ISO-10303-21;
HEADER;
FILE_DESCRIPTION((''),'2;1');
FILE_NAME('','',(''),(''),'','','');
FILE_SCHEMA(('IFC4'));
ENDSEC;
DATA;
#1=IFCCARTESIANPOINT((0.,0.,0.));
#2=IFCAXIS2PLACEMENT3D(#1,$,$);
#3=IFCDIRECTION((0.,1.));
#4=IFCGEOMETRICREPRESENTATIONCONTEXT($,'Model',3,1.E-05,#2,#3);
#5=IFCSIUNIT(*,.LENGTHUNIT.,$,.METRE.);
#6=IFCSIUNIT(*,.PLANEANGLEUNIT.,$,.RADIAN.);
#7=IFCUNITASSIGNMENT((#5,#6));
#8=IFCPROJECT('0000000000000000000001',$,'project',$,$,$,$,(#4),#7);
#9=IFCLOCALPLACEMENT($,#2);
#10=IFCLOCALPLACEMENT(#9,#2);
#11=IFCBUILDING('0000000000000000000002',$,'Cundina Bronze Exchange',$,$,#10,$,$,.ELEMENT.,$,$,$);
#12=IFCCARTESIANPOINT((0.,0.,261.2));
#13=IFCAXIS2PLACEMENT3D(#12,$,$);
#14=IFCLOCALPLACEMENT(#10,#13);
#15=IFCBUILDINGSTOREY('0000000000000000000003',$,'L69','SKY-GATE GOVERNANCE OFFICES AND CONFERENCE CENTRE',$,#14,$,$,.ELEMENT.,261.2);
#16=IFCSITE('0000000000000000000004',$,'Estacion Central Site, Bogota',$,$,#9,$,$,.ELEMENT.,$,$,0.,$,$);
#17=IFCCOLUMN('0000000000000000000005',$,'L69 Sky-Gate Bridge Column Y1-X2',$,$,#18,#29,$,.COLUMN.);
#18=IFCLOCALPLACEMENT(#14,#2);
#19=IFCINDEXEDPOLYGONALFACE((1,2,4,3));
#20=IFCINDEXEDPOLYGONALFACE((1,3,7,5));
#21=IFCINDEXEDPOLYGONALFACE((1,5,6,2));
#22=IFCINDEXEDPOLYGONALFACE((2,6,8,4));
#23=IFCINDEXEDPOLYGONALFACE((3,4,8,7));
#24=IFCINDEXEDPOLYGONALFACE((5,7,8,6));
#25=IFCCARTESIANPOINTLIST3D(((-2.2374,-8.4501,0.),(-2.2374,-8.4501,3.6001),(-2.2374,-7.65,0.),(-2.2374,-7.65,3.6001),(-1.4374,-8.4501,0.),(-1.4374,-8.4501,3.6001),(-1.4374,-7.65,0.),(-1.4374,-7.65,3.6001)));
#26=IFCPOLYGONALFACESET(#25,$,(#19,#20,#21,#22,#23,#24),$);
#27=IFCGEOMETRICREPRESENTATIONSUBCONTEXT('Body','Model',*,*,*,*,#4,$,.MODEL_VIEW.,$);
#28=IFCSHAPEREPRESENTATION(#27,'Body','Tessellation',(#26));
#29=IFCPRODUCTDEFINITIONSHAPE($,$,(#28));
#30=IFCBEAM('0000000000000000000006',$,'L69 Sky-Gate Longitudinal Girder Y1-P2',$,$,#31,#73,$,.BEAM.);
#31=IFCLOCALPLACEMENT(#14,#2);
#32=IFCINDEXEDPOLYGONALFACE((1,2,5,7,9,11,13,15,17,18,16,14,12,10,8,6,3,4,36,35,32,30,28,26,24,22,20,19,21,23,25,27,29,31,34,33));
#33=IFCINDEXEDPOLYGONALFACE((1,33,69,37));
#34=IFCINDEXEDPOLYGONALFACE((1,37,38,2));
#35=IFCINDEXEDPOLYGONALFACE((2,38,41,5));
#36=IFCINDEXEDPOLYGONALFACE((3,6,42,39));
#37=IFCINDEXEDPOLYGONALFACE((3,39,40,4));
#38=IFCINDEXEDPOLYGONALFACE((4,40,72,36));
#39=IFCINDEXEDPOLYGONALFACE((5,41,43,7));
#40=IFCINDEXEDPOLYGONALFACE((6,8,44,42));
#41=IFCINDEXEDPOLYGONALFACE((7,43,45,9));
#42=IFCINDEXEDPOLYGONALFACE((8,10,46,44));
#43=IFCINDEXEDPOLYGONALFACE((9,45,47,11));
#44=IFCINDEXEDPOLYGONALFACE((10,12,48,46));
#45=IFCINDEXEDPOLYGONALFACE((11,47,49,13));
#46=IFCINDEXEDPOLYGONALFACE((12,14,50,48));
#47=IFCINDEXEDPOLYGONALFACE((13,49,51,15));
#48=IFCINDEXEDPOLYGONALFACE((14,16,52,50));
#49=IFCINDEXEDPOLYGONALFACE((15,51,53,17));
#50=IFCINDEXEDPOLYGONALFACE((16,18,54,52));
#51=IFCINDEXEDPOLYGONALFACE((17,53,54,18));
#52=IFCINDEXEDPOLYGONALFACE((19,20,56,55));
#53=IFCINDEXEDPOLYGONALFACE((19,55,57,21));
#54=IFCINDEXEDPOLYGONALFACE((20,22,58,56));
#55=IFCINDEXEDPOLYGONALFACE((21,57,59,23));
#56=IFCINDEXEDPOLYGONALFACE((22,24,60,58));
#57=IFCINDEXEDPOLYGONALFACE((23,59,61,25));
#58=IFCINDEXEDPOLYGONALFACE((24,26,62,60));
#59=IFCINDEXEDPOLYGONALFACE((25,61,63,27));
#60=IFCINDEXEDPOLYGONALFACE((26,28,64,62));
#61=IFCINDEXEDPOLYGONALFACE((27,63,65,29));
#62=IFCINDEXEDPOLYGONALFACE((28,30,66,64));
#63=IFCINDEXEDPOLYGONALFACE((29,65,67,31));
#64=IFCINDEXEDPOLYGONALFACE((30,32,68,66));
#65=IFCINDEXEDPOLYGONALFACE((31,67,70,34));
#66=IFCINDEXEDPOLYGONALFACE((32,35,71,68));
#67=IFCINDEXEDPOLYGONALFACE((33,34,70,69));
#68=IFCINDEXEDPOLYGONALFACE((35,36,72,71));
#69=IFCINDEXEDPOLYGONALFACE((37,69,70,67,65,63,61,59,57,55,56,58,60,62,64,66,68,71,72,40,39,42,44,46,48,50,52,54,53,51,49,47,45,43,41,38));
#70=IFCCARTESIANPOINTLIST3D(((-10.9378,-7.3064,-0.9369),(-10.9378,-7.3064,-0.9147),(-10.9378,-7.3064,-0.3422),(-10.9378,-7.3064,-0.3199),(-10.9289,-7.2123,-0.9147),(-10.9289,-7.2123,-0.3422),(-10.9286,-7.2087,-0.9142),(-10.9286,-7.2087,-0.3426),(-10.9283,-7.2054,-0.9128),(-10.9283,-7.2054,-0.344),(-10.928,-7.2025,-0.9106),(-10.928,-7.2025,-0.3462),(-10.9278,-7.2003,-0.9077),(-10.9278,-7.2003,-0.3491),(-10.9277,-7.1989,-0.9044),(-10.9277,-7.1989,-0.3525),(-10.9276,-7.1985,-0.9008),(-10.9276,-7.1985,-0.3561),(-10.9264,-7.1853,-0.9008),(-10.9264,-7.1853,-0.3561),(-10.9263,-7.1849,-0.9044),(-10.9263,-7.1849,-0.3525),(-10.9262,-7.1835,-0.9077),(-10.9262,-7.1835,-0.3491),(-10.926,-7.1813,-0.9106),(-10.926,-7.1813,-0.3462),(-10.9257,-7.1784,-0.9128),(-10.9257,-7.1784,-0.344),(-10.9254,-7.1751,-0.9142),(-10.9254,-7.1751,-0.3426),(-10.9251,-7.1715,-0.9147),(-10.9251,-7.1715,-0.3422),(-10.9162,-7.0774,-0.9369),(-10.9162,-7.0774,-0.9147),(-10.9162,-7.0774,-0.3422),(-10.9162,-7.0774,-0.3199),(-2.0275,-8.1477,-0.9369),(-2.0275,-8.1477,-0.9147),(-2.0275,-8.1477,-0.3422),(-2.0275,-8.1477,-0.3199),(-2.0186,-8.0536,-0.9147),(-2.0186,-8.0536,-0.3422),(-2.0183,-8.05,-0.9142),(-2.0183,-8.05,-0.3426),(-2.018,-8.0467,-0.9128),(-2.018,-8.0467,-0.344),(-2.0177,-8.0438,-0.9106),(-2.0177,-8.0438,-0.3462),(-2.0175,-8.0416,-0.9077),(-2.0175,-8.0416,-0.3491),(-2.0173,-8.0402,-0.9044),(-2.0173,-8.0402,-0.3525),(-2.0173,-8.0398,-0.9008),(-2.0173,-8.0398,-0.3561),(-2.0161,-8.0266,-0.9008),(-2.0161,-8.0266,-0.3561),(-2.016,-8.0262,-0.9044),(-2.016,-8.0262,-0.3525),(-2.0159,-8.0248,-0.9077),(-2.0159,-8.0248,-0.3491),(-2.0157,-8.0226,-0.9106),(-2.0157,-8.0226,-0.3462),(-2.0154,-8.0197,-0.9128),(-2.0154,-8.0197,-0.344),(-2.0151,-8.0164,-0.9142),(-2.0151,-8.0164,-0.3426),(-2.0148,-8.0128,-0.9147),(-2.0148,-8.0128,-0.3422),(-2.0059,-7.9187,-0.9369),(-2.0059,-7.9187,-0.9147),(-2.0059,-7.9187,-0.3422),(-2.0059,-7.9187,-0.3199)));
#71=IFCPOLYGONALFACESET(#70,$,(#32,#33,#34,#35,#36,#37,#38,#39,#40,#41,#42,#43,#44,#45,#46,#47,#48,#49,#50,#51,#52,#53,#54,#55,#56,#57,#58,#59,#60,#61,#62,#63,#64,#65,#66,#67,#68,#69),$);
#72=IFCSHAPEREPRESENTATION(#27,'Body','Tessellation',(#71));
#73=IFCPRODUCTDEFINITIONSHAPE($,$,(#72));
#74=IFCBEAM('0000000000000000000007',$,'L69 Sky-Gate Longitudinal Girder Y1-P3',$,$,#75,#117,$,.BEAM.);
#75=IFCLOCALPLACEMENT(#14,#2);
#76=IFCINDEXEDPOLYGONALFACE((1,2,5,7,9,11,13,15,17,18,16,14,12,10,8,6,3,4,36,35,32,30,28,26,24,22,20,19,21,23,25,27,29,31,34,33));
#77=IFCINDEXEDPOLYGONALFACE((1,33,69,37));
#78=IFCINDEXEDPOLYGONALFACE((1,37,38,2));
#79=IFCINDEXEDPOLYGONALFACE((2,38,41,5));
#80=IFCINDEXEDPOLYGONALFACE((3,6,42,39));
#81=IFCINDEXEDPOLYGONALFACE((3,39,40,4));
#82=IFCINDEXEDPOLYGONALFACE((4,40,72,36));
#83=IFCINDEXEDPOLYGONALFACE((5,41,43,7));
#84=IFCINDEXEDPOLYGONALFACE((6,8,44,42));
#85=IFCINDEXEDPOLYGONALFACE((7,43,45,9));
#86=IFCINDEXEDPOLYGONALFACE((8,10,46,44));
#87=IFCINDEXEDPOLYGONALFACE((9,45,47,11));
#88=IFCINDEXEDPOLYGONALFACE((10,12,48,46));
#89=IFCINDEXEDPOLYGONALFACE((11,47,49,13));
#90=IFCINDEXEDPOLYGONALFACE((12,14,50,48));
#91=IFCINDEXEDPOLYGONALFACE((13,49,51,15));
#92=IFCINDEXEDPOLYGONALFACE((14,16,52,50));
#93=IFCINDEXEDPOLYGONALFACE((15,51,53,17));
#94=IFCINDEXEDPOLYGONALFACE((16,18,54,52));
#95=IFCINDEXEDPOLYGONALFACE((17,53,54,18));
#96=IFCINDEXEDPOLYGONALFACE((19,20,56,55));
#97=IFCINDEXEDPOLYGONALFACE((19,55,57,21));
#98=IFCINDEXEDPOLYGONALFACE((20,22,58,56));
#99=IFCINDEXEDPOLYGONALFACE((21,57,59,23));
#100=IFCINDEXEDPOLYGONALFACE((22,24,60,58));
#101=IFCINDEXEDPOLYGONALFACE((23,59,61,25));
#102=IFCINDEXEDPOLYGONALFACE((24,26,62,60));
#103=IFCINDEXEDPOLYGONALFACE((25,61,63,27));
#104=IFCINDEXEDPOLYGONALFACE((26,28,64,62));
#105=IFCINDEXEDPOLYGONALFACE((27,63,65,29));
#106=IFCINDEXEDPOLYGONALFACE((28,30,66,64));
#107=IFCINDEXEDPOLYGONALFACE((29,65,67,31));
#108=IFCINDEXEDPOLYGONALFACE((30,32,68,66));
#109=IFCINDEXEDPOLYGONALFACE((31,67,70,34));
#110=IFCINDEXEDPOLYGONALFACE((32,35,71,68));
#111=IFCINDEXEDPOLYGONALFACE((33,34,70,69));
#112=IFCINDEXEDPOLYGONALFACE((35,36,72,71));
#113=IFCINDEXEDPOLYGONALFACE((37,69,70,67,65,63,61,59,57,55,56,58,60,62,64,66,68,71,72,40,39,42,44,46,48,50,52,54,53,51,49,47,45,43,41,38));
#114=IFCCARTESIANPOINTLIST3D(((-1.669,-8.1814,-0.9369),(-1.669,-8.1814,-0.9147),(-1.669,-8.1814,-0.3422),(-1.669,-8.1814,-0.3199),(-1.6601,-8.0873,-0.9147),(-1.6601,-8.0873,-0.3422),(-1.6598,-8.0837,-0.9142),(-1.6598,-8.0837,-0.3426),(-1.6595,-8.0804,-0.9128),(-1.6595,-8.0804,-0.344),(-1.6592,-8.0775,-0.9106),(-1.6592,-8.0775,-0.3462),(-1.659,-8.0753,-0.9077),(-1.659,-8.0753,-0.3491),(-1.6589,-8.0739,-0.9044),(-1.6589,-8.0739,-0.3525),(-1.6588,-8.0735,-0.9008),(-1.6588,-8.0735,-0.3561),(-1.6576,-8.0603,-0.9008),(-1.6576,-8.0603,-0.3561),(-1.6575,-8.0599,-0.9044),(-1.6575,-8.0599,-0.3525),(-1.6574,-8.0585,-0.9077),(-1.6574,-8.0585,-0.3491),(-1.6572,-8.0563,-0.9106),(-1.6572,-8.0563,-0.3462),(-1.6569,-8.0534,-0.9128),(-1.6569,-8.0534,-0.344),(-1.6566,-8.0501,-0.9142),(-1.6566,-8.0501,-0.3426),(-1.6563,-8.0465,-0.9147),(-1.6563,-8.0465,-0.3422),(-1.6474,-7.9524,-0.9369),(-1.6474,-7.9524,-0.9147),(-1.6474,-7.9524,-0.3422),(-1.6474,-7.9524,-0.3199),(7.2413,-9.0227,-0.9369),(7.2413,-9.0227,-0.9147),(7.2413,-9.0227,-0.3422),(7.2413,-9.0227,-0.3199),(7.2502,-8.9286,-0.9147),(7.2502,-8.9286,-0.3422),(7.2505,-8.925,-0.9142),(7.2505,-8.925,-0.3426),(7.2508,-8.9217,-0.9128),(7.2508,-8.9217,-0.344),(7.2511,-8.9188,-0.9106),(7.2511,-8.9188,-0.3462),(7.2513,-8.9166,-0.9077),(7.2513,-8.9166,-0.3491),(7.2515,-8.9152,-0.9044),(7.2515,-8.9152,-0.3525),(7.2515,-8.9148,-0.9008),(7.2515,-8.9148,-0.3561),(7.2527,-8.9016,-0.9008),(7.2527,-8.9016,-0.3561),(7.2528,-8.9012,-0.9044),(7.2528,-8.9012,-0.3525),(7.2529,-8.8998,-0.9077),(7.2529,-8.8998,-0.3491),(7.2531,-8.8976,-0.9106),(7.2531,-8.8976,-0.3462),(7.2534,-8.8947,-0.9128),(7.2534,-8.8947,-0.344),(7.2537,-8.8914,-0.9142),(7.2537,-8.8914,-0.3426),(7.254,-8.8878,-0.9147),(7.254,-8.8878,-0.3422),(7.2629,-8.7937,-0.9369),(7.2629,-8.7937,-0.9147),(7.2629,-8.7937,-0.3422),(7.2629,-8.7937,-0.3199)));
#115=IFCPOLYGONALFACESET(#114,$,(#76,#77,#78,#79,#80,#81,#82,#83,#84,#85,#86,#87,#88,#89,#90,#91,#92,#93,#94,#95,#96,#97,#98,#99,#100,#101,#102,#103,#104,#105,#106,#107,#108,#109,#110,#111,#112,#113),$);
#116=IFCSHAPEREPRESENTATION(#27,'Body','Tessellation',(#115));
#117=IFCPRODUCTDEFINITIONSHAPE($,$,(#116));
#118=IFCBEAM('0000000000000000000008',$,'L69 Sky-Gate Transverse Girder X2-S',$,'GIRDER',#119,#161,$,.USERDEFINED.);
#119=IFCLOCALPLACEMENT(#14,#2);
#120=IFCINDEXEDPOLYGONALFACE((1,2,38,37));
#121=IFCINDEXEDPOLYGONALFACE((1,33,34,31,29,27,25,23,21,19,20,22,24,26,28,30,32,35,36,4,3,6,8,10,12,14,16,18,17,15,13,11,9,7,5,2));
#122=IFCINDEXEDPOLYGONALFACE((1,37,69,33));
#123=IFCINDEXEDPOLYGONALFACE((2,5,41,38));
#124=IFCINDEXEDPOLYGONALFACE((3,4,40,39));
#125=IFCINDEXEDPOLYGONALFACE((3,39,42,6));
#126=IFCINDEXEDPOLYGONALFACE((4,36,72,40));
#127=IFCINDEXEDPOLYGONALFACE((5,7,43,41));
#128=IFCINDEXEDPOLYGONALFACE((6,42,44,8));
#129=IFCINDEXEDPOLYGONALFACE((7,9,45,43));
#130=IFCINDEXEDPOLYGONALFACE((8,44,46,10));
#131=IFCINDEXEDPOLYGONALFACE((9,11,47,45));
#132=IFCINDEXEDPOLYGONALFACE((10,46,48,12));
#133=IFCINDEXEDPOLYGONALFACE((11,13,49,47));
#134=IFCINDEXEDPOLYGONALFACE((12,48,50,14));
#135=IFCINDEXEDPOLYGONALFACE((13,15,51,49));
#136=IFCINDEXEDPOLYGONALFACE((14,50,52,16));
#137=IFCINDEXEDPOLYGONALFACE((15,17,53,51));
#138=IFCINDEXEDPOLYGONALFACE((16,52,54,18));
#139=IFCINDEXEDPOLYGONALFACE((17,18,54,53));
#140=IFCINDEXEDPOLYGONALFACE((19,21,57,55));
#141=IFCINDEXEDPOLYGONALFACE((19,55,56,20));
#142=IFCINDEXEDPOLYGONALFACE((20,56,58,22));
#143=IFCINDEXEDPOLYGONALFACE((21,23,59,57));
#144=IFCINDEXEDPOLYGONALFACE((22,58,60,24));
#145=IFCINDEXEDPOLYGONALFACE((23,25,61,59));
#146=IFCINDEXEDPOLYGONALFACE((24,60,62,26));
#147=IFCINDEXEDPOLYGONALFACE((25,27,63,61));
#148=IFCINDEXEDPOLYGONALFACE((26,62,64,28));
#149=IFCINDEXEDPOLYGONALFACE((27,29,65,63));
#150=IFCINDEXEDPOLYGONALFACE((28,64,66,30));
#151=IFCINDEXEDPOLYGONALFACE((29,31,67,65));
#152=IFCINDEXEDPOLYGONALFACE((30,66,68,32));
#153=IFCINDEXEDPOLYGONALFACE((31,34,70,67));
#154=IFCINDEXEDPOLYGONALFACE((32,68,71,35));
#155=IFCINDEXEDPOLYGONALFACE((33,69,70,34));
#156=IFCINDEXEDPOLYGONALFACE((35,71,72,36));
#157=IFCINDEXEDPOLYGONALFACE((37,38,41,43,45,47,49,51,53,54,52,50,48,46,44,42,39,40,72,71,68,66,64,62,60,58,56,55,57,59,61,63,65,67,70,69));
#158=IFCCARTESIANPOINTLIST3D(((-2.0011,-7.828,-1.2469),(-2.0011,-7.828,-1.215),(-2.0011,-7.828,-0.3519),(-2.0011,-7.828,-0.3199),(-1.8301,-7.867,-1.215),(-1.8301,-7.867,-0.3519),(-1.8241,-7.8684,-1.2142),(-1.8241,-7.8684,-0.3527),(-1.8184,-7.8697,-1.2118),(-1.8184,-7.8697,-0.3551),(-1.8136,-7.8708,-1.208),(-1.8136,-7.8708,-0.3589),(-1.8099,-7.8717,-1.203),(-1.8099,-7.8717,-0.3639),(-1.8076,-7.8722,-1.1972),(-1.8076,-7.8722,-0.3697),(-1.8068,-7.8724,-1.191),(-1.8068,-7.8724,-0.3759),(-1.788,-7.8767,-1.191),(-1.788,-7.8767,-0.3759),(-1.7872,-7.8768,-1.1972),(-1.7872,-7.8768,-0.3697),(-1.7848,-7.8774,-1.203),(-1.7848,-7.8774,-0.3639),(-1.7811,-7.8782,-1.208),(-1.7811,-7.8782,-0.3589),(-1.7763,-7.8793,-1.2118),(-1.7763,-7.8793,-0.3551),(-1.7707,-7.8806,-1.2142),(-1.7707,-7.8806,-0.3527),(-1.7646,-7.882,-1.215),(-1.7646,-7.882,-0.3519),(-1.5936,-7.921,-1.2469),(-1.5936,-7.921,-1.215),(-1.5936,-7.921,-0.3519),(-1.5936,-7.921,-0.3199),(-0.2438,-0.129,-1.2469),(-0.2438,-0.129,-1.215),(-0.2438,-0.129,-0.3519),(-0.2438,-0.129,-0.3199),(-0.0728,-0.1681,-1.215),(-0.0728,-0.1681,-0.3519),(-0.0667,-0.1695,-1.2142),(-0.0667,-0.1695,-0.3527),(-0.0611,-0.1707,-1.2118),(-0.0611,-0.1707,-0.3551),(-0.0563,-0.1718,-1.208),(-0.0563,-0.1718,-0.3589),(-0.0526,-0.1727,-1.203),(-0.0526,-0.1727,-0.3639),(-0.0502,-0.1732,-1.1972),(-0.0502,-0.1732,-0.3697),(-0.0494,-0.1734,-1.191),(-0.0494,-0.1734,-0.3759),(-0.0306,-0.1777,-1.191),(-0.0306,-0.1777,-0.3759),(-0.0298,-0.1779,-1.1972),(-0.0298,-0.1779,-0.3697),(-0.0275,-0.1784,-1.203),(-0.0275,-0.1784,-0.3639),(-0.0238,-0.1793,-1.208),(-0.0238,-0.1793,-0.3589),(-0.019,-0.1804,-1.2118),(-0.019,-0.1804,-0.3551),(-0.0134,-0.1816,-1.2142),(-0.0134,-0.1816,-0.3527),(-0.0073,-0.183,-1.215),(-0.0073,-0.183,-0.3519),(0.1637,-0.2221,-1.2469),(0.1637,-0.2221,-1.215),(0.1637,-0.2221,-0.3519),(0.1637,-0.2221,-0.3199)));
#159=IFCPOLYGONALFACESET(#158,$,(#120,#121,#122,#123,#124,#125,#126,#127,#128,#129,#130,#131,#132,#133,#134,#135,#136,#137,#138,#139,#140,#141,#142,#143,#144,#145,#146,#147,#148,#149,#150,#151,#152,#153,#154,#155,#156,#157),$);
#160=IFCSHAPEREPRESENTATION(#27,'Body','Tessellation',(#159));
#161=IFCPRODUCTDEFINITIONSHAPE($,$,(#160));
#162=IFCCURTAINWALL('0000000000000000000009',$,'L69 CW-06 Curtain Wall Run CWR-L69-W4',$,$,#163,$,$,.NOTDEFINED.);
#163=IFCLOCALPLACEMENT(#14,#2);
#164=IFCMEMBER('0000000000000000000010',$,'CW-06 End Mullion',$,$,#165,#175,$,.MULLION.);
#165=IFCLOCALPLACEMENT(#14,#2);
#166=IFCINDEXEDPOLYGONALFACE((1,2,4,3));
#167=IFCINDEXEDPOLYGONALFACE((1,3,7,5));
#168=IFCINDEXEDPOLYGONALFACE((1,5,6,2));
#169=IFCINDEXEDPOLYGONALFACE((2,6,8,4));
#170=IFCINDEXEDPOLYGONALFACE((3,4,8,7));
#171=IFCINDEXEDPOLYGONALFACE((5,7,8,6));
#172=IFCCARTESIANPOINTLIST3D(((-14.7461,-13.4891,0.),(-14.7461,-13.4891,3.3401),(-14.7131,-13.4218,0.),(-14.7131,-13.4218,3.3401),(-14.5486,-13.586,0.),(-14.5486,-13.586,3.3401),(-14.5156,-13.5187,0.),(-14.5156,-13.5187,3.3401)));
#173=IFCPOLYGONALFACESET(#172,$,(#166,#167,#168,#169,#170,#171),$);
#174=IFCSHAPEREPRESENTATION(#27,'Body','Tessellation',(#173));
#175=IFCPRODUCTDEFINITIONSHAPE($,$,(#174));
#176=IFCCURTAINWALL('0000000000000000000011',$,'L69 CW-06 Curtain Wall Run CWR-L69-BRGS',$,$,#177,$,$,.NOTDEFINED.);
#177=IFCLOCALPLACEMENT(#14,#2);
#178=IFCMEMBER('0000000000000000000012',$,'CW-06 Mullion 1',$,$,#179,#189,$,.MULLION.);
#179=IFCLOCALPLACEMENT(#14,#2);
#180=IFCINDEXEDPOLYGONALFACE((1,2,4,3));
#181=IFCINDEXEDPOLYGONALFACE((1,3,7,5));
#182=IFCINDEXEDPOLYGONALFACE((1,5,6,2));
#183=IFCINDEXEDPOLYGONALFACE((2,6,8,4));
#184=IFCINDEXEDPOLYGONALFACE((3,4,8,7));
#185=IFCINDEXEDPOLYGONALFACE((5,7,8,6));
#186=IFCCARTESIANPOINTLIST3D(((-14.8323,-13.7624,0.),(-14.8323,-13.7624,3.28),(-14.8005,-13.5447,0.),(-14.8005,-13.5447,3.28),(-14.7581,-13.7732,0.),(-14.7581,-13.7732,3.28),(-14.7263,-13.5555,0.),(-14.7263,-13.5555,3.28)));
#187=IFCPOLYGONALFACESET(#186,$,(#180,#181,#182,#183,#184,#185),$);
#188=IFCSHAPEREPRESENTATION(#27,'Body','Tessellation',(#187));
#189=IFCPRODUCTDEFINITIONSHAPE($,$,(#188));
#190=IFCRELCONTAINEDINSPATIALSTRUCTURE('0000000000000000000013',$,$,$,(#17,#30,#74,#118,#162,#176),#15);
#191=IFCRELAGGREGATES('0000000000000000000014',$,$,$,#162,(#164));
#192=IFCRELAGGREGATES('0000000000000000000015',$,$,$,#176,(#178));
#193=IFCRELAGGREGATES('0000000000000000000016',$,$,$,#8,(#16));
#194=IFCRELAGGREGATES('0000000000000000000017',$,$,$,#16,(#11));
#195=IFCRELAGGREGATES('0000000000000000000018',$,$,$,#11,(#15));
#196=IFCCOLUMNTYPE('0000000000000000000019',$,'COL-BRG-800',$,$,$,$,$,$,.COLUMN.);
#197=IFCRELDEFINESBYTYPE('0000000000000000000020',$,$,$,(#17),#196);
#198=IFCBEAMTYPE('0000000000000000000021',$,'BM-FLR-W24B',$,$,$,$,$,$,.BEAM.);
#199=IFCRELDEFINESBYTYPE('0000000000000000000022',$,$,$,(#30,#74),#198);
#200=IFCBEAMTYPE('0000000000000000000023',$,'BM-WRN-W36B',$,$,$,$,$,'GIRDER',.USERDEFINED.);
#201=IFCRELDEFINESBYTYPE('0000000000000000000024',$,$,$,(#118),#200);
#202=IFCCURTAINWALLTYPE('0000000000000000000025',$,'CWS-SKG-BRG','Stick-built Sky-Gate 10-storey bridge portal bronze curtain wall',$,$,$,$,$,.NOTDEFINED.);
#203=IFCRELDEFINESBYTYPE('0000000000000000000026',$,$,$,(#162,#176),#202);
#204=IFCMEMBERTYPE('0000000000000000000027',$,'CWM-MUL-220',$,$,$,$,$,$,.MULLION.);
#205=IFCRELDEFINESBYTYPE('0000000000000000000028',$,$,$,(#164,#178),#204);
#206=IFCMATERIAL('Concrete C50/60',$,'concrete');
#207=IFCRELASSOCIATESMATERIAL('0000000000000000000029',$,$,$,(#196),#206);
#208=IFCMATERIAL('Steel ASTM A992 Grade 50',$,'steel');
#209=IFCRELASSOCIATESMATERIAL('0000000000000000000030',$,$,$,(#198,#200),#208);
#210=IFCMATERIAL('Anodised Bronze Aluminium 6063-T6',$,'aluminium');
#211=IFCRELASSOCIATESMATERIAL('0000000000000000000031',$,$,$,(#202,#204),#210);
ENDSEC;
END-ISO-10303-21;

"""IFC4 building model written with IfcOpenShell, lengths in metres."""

from ifc_helpers import new_model, si_unit, direction, frame, origin, origin_2d, place, context, subcontext, project, spatial, rectangle, i_section, extrude, material, material_profile, profile_set, type_object, element, aggregate, save


model = new_model("IFC4")

# Units and contexts
model_context = context("Model", 3, precision=1e-05, world=origin(), true_north=direction((0.0, 1.0)))
body_context = subcontext(model_context, "Body", "Model", "MODEL_VIEW")
ifc_project = project(units=[si_unit("LENGTHUNIT", "METRE"), si_unit("PLANEANGLEUNIT", "RADIAN")], contexts=[model_context])

# Site, building, storey
site_placement = place(None, origin())
site = spatial("IfcSite", under=ifc_project, at=site_placement, Name="Estacion Central Site, Bogota", CompositionType="ELEMENT", RefElevation=0.0)
building_placement = place(site_placement, origin())
building = spatial("IfcBuilding", under=site, at=building_placement, Name="Cundina Bronze Exchange", CompositionType="ELEMENT")
storey_placement = place(building_placement, frame((0.0, 0.0, 261.2)))
storey = spatial("IfcBuildingStorey", under=building, at=storey_placement, Name="L69", Description="SKY-GATE GOVERNANCE OFFICES AND CONFERENCE CENTRE", CompositionType="ELEMENT", Elevation=261.2)

# Column
ifc_material_1 = material(Name="Concrete C50/60", Category="concrete")
ifc_material_profile_1 = material_profile(ifc_material_1, rectangle(XDim=0.8, YDim=0.8, at=origin_2d()), Name="RC800X800", Category="concrete")
ifc_profile_set_1 = profile_set([ifc_material_profile_1], Name="Concrete C50/60")
column_type = type_object("IfcColumnType", Name="COL-BRG-800", PredefinedType="COLUMN", material=ifc_profile_set_1)
column_placement = place(storey_placement, frame((-1.8374, -8.05, 0.0), z_axis=(0.0, 0.0, 1.0), x_axis=(1.0, 0.0, 0.0)))
element("IfcColumn", 1, at=column_placement, inside=storey, type_object=column_type, Name="L69 Sky-Gate Bridge Column Y1-X2", PredefinedType="COLUMN", context=body_context, shape_type="SweptSolid", body=[
    extrude(rectangle(XDim=0.8, YDim=0.8, at=origin_2d()), origin(), (0.0, 0.0, 1.0), 3.6001),
])

# Beams
ifc_material_2 = material(Name="Steel ASTM A992 Grade 50", Category="steel")
ifc_material_profile_2 = material_profile(ifc_material_2, i_section(OverallWidth=0.23, OverallDepth=0.6169, WebThickness=0.0132, FlangeThickness=0.0222, FilletRadius=0.0139, at=origin_2d()), Name="W24X94", Category="steel")
ifc_profile_set_2 = profile_set([ifc_material_profile_2], Name="Steel ASTM A992 Grade 50")
beam_type_1 = type_object("IfcBeamType", Name="BM-FLR-W24B", PredefinedType="BEAM", material=ifc_profile_set_2)
for number, where, z_axis, x_axis, name in (
    (2, (-10.927, -7.1919, -0.6284), (0.995572, -0.094001, 0.0), (0.094001, 0.995572, 0.0), "L69 Sky-Gate Longitudinal Girder Y1-P2"),
    (3, (-1.6582, -8.0669, -0.6284), (0.995572, -0.094001, 0.0), (0.094001, 0.995572, 0.0), "L69 Sky-Gate Longitudinal Girder Y1-P3"),
):
    element("IfcBeam", number, at=place(storey_placement, frame(where, z_axis=z_axis, x_axis=x_axis)), inside=storey, type_object=beam_type_1, Name=name, PredefinedType="BEAM", context=body_context, shape_type="SweptSolid", body=[
        extrude(i_section(OverallWidth=0.23, OverallDepth=0.6169, WebThickness=0.0132, FlangeThickness=0.0222, FilletRadius=0.0139, at=origin_2d()), origin(), (0.0, 0.0, 1.0), 8.95),
    ])
ifc_material_profile_3 = material_profile(ifc_material_2, i_section(OverallWidth=0.418, OverallDepth=0.927, WebThickness=0.0193, FlangeThickness=0.032, FilletRadius=0.0239, at=origin_2d()), Name="W36X231", Category="steel")
ifc_profile_set_3 = profile_set([ifc_material_profile_3], Name="Steel ASTM A992 Grade 50")
beam_type_2 = type_object("IfcBeamType", Name="BM-WRN-W36B", ElementType="GIRDER", PredefinedType="USERDEFINED", material=ifc_profile_set_3)
beam_placement = place(storey_placement, frame((-1.7974, -7.8745, -0.7834), z_axis=(0.222531, 0.974926, 0.0), x_axis=(-0.974926, 0.222531, 0.0)))
element("IfcBeam", 4, at=beam_placement, inside=storey, type_object=beam_type_2, Name="L69 Sky-Gate Transverse Girder X2-S", ObjectType="GIRDER", PredefinedType="USERDEFINED", context=body_context, shape_type="SweptSolid", body=[
    extrude(i_section(OverallWidth=0.418, OverallDepth=0.927, WebThickness=0.0193, FlangeThickness=0.032, FilletRadius=0.0239, at=origin_2d()), origin(), (0.0, 0.0, 1.0), 7.897),
])

# Curtain wall, member
ifc_material_3 = material(Name="Anodised Bronze Aluminium 6063-T6", Category="aluminium")
curtain_wall_type = type_object("IfcCurtainWallType", Name="CWS-SKG-BRG", Description="Stick-built Sky-Gate 10-storey bridge portal bronze curtain wall", PredefinedType="NOTDEFINED", material=ifc_material_3)
curtain_wall_1_placement = place(storey_placement, origin())
curtain_wall_1 = element("IfcCurtainWall", 5, at=curtain_wall_1_placement, inside=storey, type_object=curtain_wall_type, Name="L69 CW-06 Curtain Wall Run CWR-L69-W4", PredefinedType="NOTDEFINED")
ifc_material_profile_4 = material_profile(ifc_material_3, rectangle(XDim=0.075, YDim=0.22, at=origin_2d()), Name="AL75X220", Category="aluminium")
ifc_profile_set_4 = profile_set([ifc_material_profile_4], Name="Anodised Bronze Aluminium 6063-T6")
member_type_1 = type_object("IfcMemberType", Name="CWM-MUL-220", PredefinedType="MULLION", material=ifc_profile_set_4)
member_1_placement = place(storey_placement, frame((-14.6309, -13.5039, 0.0), z_axis=(0.0, 0.0, 1.0), x_axis=(0.440566, 0.89772, 0.0)))
member_1 = element("IfcMember", 6, at=member_1_placement, type_object=member_type_1, Name="CW-06 End Mullion", PredefinedType="MULLION", context=body_context, shape_type="SweptSolid", body=[
    extrude(rectangle(XDim=0.075, YDim=0.22, at=origin_2d()), origin(), (0.0, 0.0, 1.0), 3.3401),
])
aggregate(curtain_wall_1, [member_1])

# Curtain wall, member
curtain_wall_2_placement = place(storey_placement, origin())
curtain_wall_2 = element("IfcCurtainWall", 7, at=curtain_wall_2_placement, inside=storey, type_object=curtain_wall_type, Name="L69 CW-06 Curtain Wall Run CWR-L69-BRGS", PredefinedType="NOTDEFINED")
member_2_placement = place(storey_placement, frame((-14.7793, -13.6589, 0.0), z_axis=(0.0, 0.0, 1.0), x_axis=(0.989526, -0.144356, 0.0)))
member_2 = element("IfcMember", 8, at=member_2_placement, type_object=member_type_1, Name="CW-06 Mullion 1", PredefinedType="MULLION", context=body_context, shape_type="SweptSolid", body=[
    extrude(rectangle(XDim=0.075, YDim=0.22, at=origin_2d()), origin(), (0.0, 0.0, 1.0), 3.28),
])
aggregate(curtain_wall_2, [member_2])

save(model, "model.ifc")
